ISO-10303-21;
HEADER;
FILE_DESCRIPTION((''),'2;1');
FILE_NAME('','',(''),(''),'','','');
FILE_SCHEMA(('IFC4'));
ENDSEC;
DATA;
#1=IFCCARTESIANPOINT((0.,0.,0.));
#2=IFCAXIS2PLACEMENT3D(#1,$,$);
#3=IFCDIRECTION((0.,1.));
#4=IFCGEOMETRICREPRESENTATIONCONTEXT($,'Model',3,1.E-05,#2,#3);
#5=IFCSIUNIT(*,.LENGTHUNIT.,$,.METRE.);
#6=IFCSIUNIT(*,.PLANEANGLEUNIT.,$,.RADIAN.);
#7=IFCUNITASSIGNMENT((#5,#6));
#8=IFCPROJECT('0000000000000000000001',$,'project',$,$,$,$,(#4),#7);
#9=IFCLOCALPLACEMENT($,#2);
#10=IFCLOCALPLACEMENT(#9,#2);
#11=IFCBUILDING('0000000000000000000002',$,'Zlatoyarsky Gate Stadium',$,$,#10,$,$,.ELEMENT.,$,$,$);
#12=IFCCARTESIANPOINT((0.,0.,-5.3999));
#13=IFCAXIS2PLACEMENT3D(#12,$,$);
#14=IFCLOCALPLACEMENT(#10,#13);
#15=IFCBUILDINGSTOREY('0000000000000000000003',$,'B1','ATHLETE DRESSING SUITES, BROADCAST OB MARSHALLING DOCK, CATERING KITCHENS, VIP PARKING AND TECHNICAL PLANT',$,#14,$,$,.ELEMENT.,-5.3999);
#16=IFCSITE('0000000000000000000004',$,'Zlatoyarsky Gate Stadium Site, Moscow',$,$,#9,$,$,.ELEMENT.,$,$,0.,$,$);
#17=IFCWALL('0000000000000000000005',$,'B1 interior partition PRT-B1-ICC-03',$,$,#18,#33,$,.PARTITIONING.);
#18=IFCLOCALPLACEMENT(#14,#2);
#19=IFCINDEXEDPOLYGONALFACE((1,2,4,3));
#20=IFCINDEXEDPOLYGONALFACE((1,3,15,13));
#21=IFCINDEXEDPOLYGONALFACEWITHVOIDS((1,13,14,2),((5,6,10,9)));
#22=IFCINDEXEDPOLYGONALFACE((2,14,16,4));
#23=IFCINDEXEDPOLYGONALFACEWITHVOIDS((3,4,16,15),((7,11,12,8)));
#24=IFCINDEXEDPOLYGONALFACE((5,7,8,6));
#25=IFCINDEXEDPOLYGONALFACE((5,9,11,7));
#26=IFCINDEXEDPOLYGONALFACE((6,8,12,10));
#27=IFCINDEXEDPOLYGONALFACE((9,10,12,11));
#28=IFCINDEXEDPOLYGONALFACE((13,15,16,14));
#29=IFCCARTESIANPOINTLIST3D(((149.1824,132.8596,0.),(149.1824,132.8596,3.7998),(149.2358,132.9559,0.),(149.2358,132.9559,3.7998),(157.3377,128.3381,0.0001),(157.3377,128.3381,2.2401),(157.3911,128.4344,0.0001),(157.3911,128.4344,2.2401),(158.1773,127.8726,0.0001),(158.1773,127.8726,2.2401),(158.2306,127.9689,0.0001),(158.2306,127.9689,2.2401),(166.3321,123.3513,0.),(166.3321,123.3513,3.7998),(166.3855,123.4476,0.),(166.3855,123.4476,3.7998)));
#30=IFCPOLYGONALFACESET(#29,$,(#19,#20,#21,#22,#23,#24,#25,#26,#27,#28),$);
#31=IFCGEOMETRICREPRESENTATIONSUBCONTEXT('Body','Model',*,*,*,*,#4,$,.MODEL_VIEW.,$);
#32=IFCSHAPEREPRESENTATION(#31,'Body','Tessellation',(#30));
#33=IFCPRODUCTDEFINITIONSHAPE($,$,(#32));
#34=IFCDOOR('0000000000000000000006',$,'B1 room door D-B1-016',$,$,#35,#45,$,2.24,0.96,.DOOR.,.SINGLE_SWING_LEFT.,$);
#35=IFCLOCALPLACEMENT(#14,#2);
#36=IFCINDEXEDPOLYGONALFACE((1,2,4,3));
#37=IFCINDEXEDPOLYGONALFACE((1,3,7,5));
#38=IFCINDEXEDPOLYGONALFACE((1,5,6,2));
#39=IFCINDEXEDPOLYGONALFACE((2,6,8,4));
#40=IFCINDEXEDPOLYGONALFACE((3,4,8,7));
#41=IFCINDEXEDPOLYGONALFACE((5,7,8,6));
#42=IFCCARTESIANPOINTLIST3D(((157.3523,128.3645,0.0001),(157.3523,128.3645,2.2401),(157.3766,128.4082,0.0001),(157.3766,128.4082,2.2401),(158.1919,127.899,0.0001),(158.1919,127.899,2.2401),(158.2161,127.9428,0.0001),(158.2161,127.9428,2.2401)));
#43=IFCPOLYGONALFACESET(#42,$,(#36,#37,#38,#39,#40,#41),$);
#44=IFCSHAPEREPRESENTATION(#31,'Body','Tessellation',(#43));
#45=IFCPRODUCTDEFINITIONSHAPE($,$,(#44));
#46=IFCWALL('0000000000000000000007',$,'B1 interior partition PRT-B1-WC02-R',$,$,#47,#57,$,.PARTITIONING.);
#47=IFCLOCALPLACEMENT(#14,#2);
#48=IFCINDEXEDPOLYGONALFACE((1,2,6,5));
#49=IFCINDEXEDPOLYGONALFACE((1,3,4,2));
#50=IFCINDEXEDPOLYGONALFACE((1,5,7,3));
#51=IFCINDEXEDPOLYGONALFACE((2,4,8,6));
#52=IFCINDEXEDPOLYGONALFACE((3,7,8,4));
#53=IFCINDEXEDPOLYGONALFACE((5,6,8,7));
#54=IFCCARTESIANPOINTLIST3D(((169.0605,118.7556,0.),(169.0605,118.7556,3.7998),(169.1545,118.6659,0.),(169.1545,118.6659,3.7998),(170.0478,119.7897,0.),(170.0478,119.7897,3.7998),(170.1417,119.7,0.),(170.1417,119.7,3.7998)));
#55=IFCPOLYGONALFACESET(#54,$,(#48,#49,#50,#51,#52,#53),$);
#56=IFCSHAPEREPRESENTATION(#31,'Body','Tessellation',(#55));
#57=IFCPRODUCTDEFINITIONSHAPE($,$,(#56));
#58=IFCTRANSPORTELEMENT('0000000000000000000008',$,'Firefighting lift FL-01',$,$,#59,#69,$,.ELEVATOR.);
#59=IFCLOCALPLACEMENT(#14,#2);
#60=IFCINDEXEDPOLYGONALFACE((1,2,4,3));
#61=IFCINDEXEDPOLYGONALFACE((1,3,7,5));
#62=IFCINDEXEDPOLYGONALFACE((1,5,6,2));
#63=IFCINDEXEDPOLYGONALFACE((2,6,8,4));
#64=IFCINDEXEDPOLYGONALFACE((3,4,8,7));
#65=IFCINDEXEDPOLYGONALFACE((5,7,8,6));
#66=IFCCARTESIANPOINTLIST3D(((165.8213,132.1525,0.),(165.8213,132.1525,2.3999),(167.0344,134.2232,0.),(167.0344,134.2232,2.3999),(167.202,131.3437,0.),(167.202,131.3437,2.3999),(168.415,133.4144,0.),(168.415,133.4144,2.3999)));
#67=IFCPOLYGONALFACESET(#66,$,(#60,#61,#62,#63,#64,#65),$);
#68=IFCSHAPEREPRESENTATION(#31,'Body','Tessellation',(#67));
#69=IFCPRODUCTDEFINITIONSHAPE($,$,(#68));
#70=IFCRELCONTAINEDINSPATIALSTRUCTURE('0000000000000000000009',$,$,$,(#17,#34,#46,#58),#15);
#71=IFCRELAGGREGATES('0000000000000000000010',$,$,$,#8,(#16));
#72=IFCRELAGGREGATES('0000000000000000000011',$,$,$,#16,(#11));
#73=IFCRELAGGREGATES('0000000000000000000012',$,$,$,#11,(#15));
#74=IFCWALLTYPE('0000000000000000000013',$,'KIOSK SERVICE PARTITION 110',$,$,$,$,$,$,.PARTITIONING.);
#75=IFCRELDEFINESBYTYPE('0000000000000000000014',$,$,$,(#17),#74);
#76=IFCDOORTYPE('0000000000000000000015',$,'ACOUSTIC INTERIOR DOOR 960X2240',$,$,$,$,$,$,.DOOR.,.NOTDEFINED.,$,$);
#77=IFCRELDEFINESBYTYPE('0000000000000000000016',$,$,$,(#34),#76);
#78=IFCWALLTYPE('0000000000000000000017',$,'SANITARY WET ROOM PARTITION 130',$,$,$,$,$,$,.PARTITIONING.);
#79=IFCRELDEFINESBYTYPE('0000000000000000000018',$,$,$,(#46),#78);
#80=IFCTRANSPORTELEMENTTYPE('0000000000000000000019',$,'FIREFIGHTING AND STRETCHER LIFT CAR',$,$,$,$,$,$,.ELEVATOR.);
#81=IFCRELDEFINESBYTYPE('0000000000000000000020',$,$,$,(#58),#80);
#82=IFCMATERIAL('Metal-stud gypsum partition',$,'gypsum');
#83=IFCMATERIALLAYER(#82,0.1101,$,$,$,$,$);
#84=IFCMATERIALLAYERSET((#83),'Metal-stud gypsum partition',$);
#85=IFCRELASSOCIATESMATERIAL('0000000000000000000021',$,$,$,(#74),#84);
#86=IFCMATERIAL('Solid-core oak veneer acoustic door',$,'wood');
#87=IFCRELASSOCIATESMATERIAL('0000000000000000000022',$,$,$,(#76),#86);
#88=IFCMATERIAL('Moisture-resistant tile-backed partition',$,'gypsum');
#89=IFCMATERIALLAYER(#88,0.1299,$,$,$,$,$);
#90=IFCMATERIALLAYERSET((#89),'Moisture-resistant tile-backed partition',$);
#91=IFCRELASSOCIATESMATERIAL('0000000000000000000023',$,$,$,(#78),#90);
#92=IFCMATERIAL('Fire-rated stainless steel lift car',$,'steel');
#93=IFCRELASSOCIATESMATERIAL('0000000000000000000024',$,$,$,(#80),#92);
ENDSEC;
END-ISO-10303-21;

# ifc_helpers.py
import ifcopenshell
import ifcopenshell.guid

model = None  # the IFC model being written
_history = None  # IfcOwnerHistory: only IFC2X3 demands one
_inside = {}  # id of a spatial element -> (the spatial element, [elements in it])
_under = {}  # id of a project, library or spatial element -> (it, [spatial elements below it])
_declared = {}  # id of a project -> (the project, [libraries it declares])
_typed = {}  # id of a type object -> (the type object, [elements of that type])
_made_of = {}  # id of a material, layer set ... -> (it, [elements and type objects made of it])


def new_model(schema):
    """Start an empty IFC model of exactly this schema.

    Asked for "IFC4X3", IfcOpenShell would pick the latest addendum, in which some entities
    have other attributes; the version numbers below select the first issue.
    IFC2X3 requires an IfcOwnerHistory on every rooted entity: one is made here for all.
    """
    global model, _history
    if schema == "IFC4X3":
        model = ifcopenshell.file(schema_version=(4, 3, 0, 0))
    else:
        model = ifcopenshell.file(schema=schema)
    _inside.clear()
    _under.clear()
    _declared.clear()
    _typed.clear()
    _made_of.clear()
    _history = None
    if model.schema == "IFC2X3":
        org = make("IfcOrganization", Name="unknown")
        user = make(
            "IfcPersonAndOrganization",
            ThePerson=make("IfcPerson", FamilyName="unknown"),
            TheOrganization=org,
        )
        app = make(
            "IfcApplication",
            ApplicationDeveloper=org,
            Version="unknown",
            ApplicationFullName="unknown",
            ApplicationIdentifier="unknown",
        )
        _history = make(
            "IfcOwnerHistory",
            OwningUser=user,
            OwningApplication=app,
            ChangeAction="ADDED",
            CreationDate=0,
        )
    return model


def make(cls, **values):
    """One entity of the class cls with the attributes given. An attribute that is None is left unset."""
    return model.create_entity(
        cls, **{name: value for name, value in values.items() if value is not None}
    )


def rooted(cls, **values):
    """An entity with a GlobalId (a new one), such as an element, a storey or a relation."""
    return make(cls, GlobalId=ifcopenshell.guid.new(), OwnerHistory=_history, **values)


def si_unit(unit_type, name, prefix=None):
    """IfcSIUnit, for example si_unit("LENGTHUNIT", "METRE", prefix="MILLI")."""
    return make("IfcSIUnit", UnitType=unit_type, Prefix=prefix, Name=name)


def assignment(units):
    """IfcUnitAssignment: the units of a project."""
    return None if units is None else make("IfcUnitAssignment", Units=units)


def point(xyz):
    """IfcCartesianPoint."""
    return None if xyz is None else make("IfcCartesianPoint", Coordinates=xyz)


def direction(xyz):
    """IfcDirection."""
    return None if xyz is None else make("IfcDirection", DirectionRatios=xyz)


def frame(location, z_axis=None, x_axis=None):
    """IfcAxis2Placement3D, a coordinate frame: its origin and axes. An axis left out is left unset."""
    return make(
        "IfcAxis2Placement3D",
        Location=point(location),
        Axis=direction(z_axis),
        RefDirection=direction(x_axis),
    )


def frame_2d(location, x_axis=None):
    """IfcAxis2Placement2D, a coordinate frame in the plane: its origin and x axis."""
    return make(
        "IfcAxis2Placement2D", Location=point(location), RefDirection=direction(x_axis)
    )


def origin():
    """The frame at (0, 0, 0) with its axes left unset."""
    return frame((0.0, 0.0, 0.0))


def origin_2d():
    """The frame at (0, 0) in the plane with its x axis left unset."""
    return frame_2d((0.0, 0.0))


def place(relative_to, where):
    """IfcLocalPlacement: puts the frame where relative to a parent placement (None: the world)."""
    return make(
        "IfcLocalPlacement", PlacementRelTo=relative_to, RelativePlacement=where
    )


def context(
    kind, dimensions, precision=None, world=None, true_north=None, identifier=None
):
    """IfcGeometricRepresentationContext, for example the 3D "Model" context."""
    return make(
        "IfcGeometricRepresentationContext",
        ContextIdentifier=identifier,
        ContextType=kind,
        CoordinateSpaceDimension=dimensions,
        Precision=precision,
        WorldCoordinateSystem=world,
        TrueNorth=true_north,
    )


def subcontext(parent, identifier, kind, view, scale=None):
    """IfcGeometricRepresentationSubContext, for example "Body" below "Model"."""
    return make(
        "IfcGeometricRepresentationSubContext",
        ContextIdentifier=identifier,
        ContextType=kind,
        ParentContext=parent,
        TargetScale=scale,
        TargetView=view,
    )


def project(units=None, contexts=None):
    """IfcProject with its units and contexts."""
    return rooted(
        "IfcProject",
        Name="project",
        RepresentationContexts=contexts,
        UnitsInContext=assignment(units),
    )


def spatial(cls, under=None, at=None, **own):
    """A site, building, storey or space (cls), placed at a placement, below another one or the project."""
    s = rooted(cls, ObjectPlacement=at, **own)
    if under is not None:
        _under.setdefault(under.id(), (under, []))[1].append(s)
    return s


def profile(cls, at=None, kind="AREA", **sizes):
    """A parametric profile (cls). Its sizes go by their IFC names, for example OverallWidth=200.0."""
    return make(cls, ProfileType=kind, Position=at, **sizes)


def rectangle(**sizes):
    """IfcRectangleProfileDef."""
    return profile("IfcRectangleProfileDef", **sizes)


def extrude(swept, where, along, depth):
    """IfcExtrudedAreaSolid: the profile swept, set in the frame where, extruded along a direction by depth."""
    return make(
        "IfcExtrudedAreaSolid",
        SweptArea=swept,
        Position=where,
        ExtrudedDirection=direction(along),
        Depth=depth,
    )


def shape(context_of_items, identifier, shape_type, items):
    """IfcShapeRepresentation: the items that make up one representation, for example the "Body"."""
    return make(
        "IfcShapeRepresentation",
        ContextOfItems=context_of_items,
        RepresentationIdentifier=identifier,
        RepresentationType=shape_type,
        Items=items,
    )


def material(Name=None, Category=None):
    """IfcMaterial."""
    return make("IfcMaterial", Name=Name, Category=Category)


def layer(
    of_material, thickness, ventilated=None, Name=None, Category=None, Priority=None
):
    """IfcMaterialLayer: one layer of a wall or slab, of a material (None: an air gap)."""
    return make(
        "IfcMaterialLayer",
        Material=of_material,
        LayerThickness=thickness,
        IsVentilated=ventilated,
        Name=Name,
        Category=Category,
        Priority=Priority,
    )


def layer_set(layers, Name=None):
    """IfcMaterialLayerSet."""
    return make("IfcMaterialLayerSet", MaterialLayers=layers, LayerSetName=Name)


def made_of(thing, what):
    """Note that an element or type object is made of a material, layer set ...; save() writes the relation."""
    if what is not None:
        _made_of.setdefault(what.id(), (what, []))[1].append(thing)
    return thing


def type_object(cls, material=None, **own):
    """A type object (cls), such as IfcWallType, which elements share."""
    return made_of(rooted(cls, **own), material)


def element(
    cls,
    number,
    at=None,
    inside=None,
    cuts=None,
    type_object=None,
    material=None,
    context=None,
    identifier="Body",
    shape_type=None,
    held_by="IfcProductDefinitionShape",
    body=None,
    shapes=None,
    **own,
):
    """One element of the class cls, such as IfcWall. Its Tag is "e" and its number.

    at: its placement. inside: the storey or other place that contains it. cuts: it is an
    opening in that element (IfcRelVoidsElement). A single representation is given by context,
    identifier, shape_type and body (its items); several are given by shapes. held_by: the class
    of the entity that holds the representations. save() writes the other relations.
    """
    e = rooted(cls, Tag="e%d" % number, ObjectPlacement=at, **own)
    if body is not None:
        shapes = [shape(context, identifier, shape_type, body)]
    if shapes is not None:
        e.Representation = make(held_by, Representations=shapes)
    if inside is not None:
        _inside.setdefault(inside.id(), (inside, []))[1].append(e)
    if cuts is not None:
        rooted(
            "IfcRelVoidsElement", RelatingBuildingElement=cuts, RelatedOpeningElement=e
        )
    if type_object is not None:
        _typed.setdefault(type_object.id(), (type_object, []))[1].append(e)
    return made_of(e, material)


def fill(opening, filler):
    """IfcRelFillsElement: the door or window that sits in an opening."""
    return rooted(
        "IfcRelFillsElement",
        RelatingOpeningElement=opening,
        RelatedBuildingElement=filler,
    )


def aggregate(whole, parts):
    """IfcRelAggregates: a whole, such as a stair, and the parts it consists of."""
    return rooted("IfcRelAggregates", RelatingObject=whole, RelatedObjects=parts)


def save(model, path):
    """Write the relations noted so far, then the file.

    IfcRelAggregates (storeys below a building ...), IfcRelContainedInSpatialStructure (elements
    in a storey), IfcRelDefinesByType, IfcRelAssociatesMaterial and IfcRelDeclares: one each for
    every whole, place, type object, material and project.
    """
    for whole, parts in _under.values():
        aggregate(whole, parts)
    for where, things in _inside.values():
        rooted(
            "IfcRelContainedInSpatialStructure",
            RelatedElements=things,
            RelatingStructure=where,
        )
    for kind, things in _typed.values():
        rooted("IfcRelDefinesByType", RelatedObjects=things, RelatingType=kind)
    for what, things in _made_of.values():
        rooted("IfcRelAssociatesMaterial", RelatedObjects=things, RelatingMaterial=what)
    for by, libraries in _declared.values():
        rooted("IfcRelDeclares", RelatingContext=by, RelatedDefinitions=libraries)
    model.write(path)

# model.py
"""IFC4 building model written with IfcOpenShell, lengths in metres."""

from ifc_helpers import new_model, si_unit, direction, frame, frame_2d, origin, origin_2d, place, context, subcontext, project, spatial, rectangle, extrude, material, layer, layer_set, type_object, element, fill, save


model = new_model("IFC4")

# Units and contexts
model_context = context("Model", 3, precision=1e-05, world=origin(), true_north=direction((0.0, 1.0)))
body_context = subcontext(model_context, "Body", "Model", "MODEL_VIEW")
ifc_project = project(units=[si_unit("LENGTHUNIT", "METRE"), si_unit("PLANEANGLEUNIT", "RADIAN")], contexts=[model_context])

# Site, building, storey
site_placement = place(None, origin())
site = spatial("IfcSite", under=ifc_project, at=site_placement, Name="Zlatoyarsky Gate Stadium Site, Moscow", CompositionType="ELEMENT", RefElevation=0.0)
building_placement = place(site_placement, origin())
building = spatial("IfcBuilding", under=site, at=building_placement, Name="Zlatoyarsky Gate Stadium", CompositionType="ELEMENT")
storey_placement = place(building_placement, frame((0.0, 0.0, -5.3999)))
storey = spatial("IfcBuildingStorey", under=building, at=storey_placement, Name="B1", Description="ATHLETE DRESSING SUITES, BROADCAST OB MARSHALLING DOCK, CATERING KITCHENS, VIP PARKING AND TECHNICAL PLANT", CompositionType="ELEMENT", Elevation=-5.3999)

# Wall, opening, door
ifc_material_1 = material(Name="Metal-stud gypsum partition", Category="gypsum")
ifc_layer_1 = layer(ifc_material_1, 0.1101)
ifc_layer_set_1 = layer_set([ifc_layer_1], Name="Metal-stud gypsum partition")
wall_type_1 = type_object("IfcWallType", Name="KIOSK SERVICE PARTITION 110", PredefinedType="PARTITIONING", material=ifc_layer_set_1)
wall_1_placement = place(storey_placement, frame((166.3589, 123.3994, 0.0), z_axis=(0.0, 0.0, 1.0), x_axis=(-0.874575, 0.484891, 0.0)))
wall_1 = element("IfcWall", 1, at=wall_1_placement, inside=storey, type_object=wall_type_1, Name="B1 interior partition PRT-B1-ICC-03", PredefinedType="PARTITIONING", context=body_context, shape_type="SweptSolid", body=[
    extrude(rectangle(XDim=19.6091, YDim=0.1101, at=frame_2d((9.8047, 0.0))), origin(), (0.0, 0.0, 1.0), 3.7998),
])
opening_1_placement = place(wall_1_placement, frame((9.3245, 0.0, 0.0)))
opening_1 = element("IfcOpeningElement", 2, at=opening_1_placement, cuts=wall_1, PredefinedType="OPENING", context=body_context, shape_type="SweptSolid", body=[
    extrude(rectangle(XDim=0.96, YDim=2.24, at=frame_2d((0.48, 1.1201))), frame((0.0, 0.0649, 0.0), z_axis=(0.0, -1.0, 0.0), x_axis=(1.0, 0.0, 0.0)), (0.0, 0.0, 1.0), 0.1301),
])
ifc_material_2 = material(Name="Solid-core oak veneer acoustic door", Category="wood")
door_type_1 = type_object("IfcDoorType", Name="ACOUSTIC INTERIOR DOOR 960X2240", OperationType="NOTDEFINED", PredefinedType="DOOR", material=ifc_material_2)
door_1_placement = place(opening_1_placement, origin())
door_1 = element("IfcDoor", 3, at=door_1_placement, inside=storey, type_object=door_type_1, Name="B1 room door D-B1-016", OperationType="SINGLE_SWING_LEFT", OverallHeight=2.24, OverallWidth=0.96, PredefinedType="DOOR", context=body_context, shape_type="SweptSolid", body=[
    extrude(rectangle(XDim=0.96, YDim=2.24, at=frame_2d((0.48, 1.1201))), frame((0.0, 0.0249, 0.0), z_axis=(0.0, -1.0, 0.0), x_axis=(1.0, 0.0, 0.0)), (0.0, 0.0, 1.0), 0.05),
])
fill(opening_1, door_1)

# Wall
ifc_material_3 = material(Name="Moisture-resistant tile-backed partition", Category="gypsum")
ifc_layer_2 = layer(ifc_material_3, 0.1299)
ifc_layer_set_2 = layer_set([ifc_layer_2], Name="Moisture-resistant tile-backed partition")
wall_type_2 = type_object("IfcWallType", Name="SANITARY WET ROOM PARTITION 130", PredefinedType="PARTITIONING", material=ifc_layer_set_2)
wall_2_placement = place(storey_placement, frame((170.0947, 119.7449, 0.0), z_axis=(0.0, 0.0, 1.0), x_axis=(-0.690524, -0.723309, 0.0)))
element("IfcWall", 4, at=wall_2_placement, inside=storey, type_object=wall_type_2, Name="B1 interior partition PRT-B1-WC02-R", PredefinedType="PARTITIONING", context=body_context, shape_type="SweptSolid", body=[
    extrude(rectangle(XDim=1.4297, YDim=0.1299, at=frame_2d((0.7148, 0.0))), origin(), (0.0, 0.0, 1.0), 3.7998),
])

# Transport element
ifc_material_4 = material(Name="Fire-rated stainless steel lift car", Category="steel")
transport_element_type = type_object("IfcTransportElementType", Name="FIREFIGHTING AND STRETCHER LIFT CAR", PredefinedType="ELEVATOR", material=ifc_material_4)
transport_element_placement = place(storey_placement, frame((167.1182, 132.7834, 0.0), z_axis=(0.0, 0.0, 1.0), x_axis=(-0.862848, 0.505463, 0.0)))
element("IfcTransportElement", 5, at=transport_element_placement, inside=storey, type_object=transport_element_type, Name="Firefighting lift FL-01", PredefinedType="ELEVATOR", context=body_context, shape_type="SweptSolid", body=[
    extrude(rectangle(XDim=1.6001, YDim=2.3999, at=origin_2d()), origin(), (0.0, 0.0, 1.0), 2.3999),
])

save(model, "model.ifc")
